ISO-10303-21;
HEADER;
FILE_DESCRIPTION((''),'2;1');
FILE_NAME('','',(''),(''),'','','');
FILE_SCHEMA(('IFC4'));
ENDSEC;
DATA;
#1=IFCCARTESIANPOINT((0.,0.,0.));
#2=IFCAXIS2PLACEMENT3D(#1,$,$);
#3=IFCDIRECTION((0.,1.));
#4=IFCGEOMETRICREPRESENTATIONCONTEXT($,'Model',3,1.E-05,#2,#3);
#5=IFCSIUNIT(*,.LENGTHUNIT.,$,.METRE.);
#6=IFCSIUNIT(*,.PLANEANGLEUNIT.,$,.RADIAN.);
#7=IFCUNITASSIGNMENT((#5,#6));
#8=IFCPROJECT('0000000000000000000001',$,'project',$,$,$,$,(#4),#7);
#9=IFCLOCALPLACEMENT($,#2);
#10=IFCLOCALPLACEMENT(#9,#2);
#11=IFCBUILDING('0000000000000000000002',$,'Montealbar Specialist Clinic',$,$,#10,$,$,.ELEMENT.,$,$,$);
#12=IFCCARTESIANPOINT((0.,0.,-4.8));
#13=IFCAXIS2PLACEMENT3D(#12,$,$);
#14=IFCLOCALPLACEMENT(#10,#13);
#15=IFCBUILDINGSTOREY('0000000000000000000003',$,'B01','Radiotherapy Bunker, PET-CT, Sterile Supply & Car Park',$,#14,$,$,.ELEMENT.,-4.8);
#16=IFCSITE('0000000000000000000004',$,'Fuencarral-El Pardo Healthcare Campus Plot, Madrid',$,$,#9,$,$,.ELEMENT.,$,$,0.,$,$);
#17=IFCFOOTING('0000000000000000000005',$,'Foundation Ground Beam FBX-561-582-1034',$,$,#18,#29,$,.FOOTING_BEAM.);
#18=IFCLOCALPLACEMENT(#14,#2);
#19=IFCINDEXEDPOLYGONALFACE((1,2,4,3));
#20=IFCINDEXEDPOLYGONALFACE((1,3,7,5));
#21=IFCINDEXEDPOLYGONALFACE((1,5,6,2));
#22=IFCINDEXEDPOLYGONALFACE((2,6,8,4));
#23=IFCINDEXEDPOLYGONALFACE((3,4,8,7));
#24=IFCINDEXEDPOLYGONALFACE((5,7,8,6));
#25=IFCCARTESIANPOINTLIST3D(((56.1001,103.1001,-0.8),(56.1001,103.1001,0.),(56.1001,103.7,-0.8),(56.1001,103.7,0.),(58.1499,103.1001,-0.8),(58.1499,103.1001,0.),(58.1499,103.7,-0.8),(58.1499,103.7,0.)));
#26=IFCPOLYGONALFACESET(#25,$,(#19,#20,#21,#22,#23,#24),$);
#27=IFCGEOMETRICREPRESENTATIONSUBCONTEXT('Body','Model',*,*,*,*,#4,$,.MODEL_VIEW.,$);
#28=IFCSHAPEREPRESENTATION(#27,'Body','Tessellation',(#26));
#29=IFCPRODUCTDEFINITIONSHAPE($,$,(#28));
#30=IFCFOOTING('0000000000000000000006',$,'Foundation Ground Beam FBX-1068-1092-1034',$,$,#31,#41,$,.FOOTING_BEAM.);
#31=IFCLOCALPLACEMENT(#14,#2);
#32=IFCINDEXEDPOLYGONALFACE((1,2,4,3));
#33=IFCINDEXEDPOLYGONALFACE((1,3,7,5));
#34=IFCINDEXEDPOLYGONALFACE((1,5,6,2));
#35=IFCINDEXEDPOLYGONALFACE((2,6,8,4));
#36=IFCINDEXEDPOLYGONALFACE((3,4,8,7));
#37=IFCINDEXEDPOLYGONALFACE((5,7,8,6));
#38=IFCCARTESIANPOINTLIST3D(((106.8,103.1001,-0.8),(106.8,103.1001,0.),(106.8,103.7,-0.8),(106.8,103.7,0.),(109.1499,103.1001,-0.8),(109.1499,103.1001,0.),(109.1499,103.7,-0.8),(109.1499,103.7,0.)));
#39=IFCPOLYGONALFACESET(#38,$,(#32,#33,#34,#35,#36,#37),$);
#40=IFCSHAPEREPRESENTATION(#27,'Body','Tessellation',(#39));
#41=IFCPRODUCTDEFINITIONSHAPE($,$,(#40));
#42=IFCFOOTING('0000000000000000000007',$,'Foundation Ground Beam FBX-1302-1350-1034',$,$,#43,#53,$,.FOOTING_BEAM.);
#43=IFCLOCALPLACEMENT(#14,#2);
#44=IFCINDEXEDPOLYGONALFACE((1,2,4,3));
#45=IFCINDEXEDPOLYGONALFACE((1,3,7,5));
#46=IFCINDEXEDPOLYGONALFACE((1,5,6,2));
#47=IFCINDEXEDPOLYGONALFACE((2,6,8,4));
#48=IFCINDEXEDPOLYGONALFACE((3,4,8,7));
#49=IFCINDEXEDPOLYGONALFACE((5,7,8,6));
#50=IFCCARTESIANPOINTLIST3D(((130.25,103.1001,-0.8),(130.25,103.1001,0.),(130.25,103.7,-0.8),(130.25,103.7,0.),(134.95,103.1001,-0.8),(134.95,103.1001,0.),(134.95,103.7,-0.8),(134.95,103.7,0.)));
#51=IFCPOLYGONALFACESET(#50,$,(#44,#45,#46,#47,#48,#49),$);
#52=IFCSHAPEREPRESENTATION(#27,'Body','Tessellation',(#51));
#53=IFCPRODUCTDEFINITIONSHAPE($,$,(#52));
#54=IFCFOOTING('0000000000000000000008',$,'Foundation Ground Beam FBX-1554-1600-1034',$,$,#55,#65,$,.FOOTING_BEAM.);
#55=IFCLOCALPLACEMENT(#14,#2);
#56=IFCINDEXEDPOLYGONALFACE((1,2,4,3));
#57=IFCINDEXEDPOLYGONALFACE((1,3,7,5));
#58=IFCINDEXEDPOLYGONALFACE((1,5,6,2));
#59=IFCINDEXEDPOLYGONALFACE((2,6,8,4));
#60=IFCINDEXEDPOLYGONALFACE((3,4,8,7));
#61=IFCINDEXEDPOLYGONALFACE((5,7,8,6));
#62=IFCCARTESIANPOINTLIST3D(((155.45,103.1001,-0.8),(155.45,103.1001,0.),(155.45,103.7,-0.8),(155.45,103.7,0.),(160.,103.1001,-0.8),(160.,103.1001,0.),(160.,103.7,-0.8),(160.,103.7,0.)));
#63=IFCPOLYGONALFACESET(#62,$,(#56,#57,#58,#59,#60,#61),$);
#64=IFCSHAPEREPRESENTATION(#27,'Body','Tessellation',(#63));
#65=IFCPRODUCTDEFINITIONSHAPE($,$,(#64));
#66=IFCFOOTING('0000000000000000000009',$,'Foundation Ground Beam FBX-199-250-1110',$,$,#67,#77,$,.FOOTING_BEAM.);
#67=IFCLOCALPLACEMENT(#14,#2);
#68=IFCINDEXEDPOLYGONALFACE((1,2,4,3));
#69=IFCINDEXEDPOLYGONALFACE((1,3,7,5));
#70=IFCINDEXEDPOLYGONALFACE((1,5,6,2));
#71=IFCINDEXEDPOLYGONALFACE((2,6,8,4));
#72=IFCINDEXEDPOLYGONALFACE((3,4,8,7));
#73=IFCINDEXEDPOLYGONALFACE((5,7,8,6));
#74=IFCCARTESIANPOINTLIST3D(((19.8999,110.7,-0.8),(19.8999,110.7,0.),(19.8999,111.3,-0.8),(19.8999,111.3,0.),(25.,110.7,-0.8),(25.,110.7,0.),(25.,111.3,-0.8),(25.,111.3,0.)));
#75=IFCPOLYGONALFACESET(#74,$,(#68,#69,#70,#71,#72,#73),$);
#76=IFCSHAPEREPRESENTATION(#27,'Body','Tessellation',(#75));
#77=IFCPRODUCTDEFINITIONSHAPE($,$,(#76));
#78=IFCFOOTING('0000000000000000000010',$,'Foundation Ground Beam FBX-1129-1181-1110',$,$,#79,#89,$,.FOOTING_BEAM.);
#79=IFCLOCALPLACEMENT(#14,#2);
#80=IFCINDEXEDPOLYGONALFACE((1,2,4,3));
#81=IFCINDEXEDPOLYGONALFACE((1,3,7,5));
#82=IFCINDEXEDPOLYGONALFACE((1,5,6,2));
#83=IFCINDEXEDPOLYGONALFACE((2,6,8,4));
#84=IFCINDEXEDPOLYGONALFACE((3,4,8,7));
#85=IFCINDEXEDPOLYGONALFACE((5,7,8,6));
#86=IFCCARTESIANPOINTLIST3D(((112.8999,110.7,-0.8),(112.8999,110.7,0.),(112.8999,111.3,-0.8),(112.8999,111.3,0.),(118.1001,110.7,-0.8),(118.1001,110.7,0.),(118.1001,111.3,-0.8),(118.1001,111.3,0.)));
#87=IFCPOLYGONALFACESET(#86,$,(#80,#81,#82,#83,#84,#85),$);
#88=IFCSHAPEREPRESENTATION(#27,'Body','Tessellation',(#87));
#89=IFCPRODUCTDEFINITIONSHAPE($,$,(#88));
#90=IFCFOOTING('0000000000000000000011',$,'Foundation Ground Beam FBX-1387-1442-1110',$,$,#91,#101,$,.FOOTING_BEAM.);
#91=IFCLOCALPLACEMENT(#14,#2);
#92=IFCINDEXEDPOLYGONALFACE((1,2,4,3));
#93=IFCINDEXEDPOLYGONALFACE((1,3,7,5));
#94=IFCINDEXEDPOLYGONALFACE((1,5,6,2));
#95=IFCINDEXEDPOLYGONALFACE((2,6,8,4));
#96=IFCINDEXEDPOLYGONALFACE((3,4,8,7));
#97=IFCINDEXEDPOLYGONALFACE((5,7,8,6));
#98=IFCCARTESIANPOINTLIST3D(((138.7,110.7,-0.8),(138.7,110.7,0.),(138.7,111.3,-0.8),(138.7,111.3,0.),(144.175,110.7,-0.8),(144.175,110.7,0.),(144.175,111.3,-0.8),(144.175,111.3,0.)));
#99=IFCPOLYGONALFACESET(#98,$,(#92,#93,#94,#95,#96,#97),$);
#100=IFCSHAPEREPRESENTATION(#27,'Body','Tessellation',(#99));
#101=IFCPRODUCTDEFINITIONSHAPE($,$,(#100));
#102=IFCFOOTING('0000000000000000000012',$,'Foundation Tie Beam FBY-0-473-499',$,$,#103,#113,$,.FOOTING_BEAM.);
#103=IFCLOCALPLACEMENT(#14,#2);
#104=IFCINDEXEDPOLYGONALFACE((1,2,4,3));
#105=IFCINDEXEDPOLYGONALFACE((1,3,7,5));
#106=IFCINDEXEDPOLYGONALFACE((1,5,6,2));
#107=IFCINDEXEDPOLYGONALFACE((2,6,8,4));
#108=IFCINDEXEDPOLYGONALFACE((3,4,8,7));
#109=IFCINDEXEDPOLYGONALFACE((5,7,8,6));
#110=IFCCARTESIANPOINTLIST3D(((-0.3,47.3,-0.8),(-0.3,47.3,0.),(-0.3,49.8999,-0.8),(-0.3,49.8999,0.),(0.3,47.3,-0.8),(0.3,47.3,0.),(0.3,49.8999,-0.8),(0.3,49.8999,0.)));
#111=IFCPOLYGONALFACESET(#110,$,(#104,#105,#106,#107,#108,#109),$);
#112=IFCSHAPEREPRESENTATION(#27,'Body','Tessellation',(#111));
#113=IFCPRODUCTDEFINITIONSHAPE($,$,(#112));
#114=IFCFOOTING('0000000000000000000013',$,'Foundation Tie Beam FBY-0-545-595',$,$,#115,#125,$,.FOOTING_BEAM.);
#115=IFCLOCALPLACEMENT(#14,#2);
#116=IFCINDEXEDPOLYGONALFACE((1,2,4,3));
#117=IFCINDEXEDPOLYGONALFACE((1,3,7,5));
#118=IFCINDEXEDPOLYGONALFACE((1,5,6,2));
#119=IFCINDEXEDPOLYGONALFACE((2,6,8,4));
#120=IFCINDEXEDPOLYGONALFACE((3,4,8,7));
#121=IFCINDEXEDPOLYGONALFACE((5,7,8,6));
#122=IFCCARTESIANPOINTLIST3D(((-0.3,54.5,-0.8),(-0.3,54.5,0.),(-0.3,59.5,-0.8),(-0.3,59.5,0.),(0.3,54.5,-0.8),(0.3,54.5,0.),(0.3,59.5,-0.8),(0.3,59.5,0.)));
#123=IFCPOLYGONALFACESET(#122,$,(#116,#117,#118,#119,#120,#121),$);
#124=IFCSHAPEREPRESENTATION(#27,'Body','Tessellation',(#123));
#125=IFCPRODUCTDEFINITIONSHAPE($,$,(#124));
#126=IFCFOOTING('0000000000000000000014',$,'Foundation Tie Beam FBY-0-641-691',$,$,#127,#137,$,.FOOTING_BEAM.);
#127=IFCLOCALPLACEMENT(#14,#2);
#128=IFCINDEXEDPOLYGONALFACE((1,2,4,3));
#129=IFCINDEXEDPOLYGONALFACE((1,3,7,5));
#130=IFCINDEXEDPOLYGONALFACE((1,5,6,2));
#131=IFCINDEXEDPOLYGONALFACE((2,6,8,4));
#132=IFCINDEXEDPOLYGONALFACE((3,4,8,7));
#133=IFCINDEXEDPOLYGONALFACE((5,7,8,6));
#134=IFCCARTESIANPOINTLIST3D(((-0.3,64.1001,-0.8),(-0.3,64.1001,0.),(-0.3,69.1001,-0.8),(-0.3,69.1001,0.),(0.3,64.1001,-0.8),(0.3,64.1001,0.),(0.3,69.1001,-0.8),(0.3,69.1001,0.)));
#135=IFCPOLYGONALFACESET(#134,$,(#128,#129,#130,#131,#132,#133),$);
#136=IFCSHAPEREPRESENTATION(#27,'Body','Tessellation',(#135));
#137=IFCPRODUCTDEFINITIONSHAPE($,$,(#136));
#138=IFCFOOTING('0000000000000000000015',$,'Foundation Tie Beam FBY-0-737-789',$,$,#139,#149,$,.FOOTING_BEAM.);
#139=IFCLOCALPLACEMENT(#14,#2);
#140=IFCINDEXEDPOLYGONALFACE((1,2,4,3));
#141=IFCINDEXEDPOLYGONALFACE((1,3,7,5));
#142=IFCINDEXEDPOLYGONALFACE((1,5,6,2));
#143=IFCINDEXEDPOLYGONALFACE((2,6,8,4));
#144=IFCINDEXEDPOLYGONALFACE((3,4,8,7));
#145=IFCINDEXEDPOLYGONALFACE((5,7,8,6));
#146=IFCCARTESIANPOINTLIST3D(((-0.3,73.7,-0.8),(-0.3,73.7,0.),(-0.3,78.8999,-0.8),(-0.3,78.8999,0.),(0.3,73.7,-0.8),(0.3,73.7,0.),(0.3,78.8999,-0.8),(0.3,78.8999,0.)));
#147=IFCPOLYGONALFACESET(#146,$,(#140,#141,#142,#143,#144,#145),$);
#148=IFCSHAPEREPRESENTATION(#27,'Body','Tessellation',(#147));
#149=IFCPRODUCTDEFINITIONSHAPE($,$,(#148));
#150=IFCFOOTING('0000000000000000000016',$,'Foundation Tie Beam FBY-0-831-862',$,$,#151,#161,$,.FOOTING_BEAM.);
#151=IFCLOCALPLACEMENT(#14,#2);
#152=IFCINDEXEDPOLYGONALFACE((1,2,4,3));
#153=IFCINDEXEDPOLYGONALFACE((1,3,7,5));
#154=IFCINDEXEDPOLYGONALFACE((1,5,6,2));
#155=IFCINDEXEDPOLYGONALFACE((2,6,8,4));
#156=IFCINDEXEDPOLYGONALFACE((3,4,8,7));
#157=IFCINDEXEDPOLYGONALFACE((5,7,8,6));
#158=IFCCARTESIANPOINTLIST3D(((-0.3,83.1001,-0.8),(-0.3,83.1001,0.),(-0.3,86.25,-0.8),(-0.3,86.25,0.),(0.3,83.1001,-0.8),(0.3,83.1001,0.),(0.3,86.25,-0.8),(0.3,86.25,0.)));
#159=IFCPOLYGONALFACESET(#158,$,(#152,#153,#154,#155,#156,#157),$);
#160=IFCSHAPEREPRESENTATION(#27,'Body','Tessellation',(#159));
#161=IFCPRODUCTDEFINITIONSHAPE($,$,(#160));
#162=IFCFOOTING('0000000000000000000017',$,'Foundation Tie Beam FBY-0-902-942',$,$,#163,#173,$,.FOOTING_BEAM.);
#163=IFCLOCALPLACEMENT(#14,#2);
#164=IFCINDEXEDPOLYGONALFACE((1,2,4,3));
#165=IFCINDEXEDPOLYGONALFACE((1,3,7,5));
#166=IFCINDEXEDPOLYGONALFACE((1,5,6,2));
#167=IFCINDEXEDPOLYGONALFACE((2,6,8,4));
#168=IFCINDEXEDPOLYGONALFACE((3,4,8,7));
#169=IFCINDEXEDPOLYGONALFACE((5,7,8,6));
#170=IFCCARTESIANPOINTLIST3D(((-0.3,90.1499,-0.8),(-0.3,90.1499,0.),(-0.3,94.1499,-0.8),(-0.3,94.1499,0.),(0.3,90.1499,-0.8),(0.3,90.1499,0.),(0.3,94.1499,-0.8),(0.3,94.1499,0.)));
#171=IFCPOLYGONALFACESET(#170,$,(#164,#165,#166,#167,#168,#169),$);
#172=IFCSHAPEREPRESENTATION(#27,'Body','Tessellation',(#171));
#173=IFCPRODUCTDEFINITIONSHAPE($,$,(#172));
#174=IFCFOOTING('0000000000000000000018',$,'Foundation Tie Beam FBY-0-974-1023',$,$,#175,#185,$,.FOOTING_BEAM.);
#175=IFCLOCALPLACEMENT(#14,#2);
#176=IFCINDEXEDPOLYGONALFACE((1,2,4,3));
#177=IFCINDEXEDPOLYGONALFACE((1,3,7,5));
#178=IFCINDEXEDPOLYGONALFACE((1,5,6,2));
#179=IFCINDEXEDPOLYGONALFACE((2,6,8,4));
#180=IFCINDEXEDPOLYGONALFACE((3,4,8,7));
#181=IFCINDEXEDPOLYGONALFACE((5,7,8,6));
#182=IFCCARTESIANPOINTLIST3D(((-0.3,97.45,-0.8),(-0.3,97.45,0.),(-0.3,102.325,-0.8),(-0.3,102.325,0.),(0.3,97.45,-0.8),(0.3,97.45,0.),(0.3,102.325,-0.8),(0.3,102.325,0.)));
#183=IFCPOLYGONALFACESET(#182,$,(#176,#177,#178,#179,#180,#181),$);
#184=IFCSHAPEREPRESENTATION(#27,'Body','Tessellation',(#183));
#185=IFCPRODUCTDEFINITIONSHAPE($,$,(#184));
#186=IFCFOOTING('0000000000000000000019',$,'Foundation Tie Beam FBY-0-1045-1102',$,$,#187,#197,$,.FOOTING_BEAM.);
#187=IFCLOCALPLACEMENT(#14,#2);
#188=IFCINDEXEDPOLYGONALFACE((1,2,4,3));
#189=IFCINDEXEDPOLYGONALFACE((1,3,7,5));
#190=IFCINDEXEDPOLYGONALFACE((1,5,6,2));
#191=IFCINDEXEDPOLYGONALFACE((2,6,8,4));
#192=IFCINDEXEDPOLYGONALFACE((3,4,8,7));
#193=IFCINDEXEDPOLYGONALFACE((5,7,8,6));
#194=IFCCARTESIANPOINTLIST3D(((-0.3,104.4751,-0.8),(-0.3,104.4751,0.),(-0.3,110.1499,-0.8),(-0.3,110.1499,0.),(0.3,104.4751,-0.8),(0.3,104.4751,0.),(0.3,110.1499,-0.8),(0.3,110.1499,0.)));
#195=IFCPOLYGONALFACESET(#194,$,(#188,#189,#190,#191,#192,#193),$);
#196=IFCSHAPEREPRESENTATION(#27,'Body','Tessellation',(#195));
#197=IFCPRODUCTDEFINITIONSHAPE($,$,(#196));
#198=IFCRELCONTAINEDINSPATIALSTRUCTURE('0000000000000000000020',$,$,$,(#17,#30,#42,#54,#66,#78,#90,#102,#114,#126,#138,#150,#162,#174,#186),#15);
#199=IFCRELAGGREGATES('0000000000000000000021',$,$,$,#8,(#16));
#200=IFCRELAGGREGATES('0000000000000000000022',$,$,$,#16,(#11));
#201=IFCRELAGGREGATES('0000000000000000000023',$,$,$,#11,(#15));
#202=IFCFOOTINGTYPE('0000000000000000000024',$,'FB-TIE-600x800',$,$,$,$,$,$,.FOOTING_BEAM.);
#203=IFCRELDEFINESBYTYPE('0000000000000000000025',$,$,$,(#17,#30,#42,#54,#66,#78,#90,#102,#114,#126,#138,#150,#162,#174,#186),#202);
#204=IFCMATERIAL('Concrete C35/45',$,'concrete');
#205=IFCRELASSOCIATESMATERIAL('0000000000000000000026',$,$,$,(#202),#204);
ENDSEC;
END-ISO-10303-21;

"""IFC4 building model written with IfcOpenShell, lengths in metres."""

from ifc_helpers import new_model, si_unit, direction, frame, origin, place, context, subcontext, project, spatial, polyline, outline, extrude, material, type_object, element, save


model = new_model("IFC4")

# Units and contexts
model_context = context("Model", 3, precision=1e-05, world=origin(), true_north=direction((0.0, 1.0)))
body_context = subcontext(model_context, "Body", "Model", "MODEL_VIEW")
ifc_project = project(units=[si_unit("LENGTHUNIT", "METRE"), si_unit("PLANEANGLEUNIT", "RADIAN")], contexts=[model_context])

# Site, building, storey
site_placement = place(None, origin())
site = spatial("IfcSite", under=ifc_project, at=site_placement, Name="Fuencarral-El Pardo Healthcare Campus Plot, Madrid", CompositionType="ELEMENT", RefElevation=0.0)
building_placement = place(site_placement, origin())
building = spatial("IfcBuilding", under=site, at=building_placement, Name="Montealbar Specialist Clinic", CompositionType="ELEMENT")
storey_placement = place(building_placement, frame((0.0, 0.0, -4.8)))
storey = spatial("IfcBuildingStorey", under=building, at=storey_placement, Name="B01", Description="Radiotherapy Bunker, PET-CT, Sterile Supply & Car Park", CompositionType="ELEMENT", Elevation=-4.8)

# Footings
ifc_material = material(Name="Concrete C35/45", Category="concrete")
footing_type = type_object("IfcFootingType", Name="FB-TIE-600x800", PredefinedType="FOOTING_BEAM", material=ifc_material)
footing_1_placement = place(storey_placement, frame((0.0, 0.0, -0.8)))
element("IfcFooting", 1, at=footing_1_placement, inside=storey, type_object=footing_type, Name="Foundation Ground Beam FBX-561-582-1034", PredefinedType="FOOTING_BEAM", context=body_context, shape_type="SweptSolid", body=[
    extrude(outline(polyline([(56.1001, 103.1001), (58.1499, 103.1001), (58.1499, 103.7), (56.1001, 103.7), (56.1001, 103.1001)])), origin(), (0.0, 0.0, 1.0), 0.8),
])
footing_2_placement = place(storey_placement, frame((0.0, 0.0, -0.8)))
element("IfcFooting", 2, at=footing_2_placement, inside=storey, type_object=footing_type, Name="Foundation Ground Beam FBX-1068-1092-1034", PredefinedType="FOOTING_BEAM", context=body_context, shape_type="SweptSolid", body=[
    extrude(outline(polyline([(106.8, 103.1001), (109.1499, 103.1001), (109.1499, 103.7), (106.8, 103.7), (106.8, 103.1001)])), origin(), (0.0, 0.0, 1.0), 0.8),
])
footing_3_placement = place(storey_placement, frame((0.0, 0.0, -0.8)))
element("IfcFooting", 3, at=footing_3_placement, inside=storey, type_object=footing_type, Name="Foundation Ground Beam FBX-1302-1350-1034", PredefinedType="FOOTING_BEAM", context=body_context, shape_type="SweptSolid", body=[
    extrude(outline(polyline([(130.25, 103.1001), (134.95, 103.1001), (134.95, 103.7), (130.25, 103.7), (130.25, 103.1001)])), origin(), (0.0, 0.0, 1.0), 0.8),
])
footing_4_placement = place(storey_placement, frame((0.0, 0.0, -0.8)))
element("IfcFooting", 4, at=footing_4_placement, inside=storey, type_object=footing_type, Name="Foundation Ground Beam FBX-1554-1600-1034", PredefinedType="FOOTING_BEAM", context=body_context, shape_type="SweptSolid", body=[
    extrude(outline(polyline([(155.45, 103.1001), (160.0, 103.1001), (160.0, 103.7), (155.45, 103.7), (155.45, 103.1001)])), origin(), (0.0, 0.0, 1.0), 0.8),
])
footing_5_placement = place(storey_placement, frame((0.0, 0.0, -0.8)))
element("IfcFooting", 5, at=footing_5_placement, inside=storey, type_object=footing_type, Name="Foundation Ground Beam FBX-199-250-1110", PredefinedType="FOOTING_BEAM", context=body_context, shape_type="SweptSolid", body=[
    extrude(outline(polyline([(19.8999, 110.7), (25.0, 110.7), (25.0, 111.3), (19.8999, 111.3), (19.8999, 110.7)])), origin(), (0.0, 0.0, 1.0), 0.8),
])
footing_6_placement = place(storey_placement, frame((0.0, 0.0, -0.8)))
element("IfcFooting", 6, at=footing_6_placement, inside=storey, type_object=footing_type, Name="Foundation Ground Beam FBX-1129-1181-1110", PredefinedType="FOOTING_BEAM", context=body_context, shape_type="SweptSolid", body=[
    extrude(outline(polyline([(112.8999, 110.7), (118.1001, 110.7), (118.1001, 111.3), (112.8999, 111.3), (112.8999, 110.7)])), origin(), (0.0, 0.0, 1.0), 0.8),
])
footing_7_placement = place(storey_placement, frame((0.0, 0.0, -0.8)))
element("IfcFooting", 7, at=footing_7_placement, inside=storey, type_object=footing_type, Name="Foundation Ground Beam FBX-1387-1442-1110", PredefinedType="FOOTING_BEAM", context=body_context, shape_type="SweptSolid", body=[
    extrude(outline(polyline([(138.7, 110.7), (144.175, 110.7), (144.175, 111.3), (138.7, 111.3), (138.7, 110.7)])), origin(), (0.0, 0.0, 1.0), 0.8),
])
footing_8_placement = place(storey_placement, frame((0.0, 0.0, -0.8)))
element("IfcFooting", 8, at=footing_8_placement, inside=storey, type_object=footing_type, Name="Foundation Tie Beam FBY-0-473-499", PredefinedType="FOOTING_BEAM", context=body_context, shape_type="SweptSolid", body=[
    extrude(outline(polyline([(-0.3, 47.3), (0.3, 47.3), (0.3, 49.8999), (-0.3, 49.8999), (-0.3, 47.3)])), origin(), (0.0, 0.0, 1.0), 0.8),
])
footing_9_placement = place(storey_placement, frame((0.0, 0.0, -0.8)))
element("IfcFooting", 9, at=footing_9_placement, inside=storey, type_object=footing_type, Name="Foundation Tie Beam FBY-0-545-595", PredefinedType="FOOTING_BEAM", context=body_context, shape_type="SweptSolid", body=[
    extrude(outline(polyline([(-0.3, 54.5), (0.3, 54.5), (0.3, 59.5), (-0.3, 59.5), (-0.3, 54.5)])), origin(), (0.0, 0.0, 1.0), 0.8),
])
footing_10_placement = place(storey_placement, frame((0.0, 0.0, -0.8)))
element("IfcFooting", 10, at=footing_10_placement, inside=storey, type_object=footing_type, Name="Foundation Tie Beam FBY-0-641-691", PredefinedType="FOOTING_BEAM", context=body_context, shape_type="SweptSolid", body=[
    extrude(outline(polyline([(-0.3, 64.1001), (0.3, 64.1001), (0.3, 69.1001), (-0.3, 69.1001), (-0.3, 64.1001)])), origin(), (0.0, 0.0, 1.0), 0.8),
])
footing_11_placement = place(storey_placement, frame((0.0, 0.0, -0.8)))
element("IfcFooting", 11, at=footing_11_placement, inside=storey, type_object=footing_type, Name="Foundation Tie Beam FBY-0-737-789", PredefinedType="FOOTING_BEAM", context=body_context, shape_type="SweptSolid", body=[
    extrude(outline(polyline([(-0.3, 73.7), (0.3, 73.7), (0.3, 78.8999), (-0.3, 78.8999), (-0.3, 73.7)])), origin(), (0.0, 0.0, 1.0), 0.8),
])
footing_12_placement = place(storey_placement, frame((0.0, 0.0, -0.8)))
element("IfcFooting", 12, at=footing_12_placement, inside=storey, type_object=footing_type, Name="Foundation Tie Beam FBY-0-831-862", PredefinedType="FOOTING_BEAM", context=body_context, shape_type="SweptSolid", body=[
    extrude(outline(polyline([(-0.3, 83.1001), (0.3, 83.1001), (0.3, 86.25), (-0.3, 86.25), (-0.3, 83.1001)])), origin(), (0.0, 0.0, 1.0), 0.8),
])
footing_13_placement = place(storey_placement, frame((0.0, 0.0, -0.8)))
element("IfcFooting", 13, at=footing_13_placement, inside=storey, type_object=footing_type, Name="Foundation Tie Beam FBY-0-902-942", PredefinedType="FOOTING_BEAM", context=body_context, shape_type="SweptSolid", body=[
    extrude(outline(polyline([(-0.3, 90.1499), (0.3, 90.1499), (0.3, 94.1499), (-0.3, 94.1499), (-0.3, 90.1499)])), origin(), (0.0, 0.0, 1.0), 0.8),
])
footing_14_placement = place(storey_placement, frame((0.0, 0.0, -0.8)))
element("IfcFooting", 14, at=footing_14_placement, inside=storey, type_object=footing_type, Name="Foundation Tie Beam FBY-0-974-1023", PredefinedType="FOOTING_BEAM", context=body_context, shape_type="SweptSolid", body=[
    extrude(outline(polyline([(-0.3, 97.45), (0.3, 97.45), (0.3, 102.325), (-0.3, 102.325), (-0.3, 97.45)])), origin(), (0.0, 0.0, 1.0), 0.8),
])
footing_15_placement = place(storey_placement, frame((0.0, 0.0, -0.8)))
element("IfcFooting", 15, at=footing_15_placement, inside=storey, type_object=footing_type, Name="Foundation Tie Beam FBY-0-1045-1102", PredefinedType="FOOTING_BEAM", context=body_context, shape_type="SweptSolid", body=[
    extrude(outline(polyline([(-0.3, 104.4751), (0.3, 104.4751), (0.3, 110.1499), (-0.3, 110.1499), (-0.3, 104.4751)])), origin(), (0.0, 0.0, 1.0), 0.8),
])

save(model, "model.ifc")
